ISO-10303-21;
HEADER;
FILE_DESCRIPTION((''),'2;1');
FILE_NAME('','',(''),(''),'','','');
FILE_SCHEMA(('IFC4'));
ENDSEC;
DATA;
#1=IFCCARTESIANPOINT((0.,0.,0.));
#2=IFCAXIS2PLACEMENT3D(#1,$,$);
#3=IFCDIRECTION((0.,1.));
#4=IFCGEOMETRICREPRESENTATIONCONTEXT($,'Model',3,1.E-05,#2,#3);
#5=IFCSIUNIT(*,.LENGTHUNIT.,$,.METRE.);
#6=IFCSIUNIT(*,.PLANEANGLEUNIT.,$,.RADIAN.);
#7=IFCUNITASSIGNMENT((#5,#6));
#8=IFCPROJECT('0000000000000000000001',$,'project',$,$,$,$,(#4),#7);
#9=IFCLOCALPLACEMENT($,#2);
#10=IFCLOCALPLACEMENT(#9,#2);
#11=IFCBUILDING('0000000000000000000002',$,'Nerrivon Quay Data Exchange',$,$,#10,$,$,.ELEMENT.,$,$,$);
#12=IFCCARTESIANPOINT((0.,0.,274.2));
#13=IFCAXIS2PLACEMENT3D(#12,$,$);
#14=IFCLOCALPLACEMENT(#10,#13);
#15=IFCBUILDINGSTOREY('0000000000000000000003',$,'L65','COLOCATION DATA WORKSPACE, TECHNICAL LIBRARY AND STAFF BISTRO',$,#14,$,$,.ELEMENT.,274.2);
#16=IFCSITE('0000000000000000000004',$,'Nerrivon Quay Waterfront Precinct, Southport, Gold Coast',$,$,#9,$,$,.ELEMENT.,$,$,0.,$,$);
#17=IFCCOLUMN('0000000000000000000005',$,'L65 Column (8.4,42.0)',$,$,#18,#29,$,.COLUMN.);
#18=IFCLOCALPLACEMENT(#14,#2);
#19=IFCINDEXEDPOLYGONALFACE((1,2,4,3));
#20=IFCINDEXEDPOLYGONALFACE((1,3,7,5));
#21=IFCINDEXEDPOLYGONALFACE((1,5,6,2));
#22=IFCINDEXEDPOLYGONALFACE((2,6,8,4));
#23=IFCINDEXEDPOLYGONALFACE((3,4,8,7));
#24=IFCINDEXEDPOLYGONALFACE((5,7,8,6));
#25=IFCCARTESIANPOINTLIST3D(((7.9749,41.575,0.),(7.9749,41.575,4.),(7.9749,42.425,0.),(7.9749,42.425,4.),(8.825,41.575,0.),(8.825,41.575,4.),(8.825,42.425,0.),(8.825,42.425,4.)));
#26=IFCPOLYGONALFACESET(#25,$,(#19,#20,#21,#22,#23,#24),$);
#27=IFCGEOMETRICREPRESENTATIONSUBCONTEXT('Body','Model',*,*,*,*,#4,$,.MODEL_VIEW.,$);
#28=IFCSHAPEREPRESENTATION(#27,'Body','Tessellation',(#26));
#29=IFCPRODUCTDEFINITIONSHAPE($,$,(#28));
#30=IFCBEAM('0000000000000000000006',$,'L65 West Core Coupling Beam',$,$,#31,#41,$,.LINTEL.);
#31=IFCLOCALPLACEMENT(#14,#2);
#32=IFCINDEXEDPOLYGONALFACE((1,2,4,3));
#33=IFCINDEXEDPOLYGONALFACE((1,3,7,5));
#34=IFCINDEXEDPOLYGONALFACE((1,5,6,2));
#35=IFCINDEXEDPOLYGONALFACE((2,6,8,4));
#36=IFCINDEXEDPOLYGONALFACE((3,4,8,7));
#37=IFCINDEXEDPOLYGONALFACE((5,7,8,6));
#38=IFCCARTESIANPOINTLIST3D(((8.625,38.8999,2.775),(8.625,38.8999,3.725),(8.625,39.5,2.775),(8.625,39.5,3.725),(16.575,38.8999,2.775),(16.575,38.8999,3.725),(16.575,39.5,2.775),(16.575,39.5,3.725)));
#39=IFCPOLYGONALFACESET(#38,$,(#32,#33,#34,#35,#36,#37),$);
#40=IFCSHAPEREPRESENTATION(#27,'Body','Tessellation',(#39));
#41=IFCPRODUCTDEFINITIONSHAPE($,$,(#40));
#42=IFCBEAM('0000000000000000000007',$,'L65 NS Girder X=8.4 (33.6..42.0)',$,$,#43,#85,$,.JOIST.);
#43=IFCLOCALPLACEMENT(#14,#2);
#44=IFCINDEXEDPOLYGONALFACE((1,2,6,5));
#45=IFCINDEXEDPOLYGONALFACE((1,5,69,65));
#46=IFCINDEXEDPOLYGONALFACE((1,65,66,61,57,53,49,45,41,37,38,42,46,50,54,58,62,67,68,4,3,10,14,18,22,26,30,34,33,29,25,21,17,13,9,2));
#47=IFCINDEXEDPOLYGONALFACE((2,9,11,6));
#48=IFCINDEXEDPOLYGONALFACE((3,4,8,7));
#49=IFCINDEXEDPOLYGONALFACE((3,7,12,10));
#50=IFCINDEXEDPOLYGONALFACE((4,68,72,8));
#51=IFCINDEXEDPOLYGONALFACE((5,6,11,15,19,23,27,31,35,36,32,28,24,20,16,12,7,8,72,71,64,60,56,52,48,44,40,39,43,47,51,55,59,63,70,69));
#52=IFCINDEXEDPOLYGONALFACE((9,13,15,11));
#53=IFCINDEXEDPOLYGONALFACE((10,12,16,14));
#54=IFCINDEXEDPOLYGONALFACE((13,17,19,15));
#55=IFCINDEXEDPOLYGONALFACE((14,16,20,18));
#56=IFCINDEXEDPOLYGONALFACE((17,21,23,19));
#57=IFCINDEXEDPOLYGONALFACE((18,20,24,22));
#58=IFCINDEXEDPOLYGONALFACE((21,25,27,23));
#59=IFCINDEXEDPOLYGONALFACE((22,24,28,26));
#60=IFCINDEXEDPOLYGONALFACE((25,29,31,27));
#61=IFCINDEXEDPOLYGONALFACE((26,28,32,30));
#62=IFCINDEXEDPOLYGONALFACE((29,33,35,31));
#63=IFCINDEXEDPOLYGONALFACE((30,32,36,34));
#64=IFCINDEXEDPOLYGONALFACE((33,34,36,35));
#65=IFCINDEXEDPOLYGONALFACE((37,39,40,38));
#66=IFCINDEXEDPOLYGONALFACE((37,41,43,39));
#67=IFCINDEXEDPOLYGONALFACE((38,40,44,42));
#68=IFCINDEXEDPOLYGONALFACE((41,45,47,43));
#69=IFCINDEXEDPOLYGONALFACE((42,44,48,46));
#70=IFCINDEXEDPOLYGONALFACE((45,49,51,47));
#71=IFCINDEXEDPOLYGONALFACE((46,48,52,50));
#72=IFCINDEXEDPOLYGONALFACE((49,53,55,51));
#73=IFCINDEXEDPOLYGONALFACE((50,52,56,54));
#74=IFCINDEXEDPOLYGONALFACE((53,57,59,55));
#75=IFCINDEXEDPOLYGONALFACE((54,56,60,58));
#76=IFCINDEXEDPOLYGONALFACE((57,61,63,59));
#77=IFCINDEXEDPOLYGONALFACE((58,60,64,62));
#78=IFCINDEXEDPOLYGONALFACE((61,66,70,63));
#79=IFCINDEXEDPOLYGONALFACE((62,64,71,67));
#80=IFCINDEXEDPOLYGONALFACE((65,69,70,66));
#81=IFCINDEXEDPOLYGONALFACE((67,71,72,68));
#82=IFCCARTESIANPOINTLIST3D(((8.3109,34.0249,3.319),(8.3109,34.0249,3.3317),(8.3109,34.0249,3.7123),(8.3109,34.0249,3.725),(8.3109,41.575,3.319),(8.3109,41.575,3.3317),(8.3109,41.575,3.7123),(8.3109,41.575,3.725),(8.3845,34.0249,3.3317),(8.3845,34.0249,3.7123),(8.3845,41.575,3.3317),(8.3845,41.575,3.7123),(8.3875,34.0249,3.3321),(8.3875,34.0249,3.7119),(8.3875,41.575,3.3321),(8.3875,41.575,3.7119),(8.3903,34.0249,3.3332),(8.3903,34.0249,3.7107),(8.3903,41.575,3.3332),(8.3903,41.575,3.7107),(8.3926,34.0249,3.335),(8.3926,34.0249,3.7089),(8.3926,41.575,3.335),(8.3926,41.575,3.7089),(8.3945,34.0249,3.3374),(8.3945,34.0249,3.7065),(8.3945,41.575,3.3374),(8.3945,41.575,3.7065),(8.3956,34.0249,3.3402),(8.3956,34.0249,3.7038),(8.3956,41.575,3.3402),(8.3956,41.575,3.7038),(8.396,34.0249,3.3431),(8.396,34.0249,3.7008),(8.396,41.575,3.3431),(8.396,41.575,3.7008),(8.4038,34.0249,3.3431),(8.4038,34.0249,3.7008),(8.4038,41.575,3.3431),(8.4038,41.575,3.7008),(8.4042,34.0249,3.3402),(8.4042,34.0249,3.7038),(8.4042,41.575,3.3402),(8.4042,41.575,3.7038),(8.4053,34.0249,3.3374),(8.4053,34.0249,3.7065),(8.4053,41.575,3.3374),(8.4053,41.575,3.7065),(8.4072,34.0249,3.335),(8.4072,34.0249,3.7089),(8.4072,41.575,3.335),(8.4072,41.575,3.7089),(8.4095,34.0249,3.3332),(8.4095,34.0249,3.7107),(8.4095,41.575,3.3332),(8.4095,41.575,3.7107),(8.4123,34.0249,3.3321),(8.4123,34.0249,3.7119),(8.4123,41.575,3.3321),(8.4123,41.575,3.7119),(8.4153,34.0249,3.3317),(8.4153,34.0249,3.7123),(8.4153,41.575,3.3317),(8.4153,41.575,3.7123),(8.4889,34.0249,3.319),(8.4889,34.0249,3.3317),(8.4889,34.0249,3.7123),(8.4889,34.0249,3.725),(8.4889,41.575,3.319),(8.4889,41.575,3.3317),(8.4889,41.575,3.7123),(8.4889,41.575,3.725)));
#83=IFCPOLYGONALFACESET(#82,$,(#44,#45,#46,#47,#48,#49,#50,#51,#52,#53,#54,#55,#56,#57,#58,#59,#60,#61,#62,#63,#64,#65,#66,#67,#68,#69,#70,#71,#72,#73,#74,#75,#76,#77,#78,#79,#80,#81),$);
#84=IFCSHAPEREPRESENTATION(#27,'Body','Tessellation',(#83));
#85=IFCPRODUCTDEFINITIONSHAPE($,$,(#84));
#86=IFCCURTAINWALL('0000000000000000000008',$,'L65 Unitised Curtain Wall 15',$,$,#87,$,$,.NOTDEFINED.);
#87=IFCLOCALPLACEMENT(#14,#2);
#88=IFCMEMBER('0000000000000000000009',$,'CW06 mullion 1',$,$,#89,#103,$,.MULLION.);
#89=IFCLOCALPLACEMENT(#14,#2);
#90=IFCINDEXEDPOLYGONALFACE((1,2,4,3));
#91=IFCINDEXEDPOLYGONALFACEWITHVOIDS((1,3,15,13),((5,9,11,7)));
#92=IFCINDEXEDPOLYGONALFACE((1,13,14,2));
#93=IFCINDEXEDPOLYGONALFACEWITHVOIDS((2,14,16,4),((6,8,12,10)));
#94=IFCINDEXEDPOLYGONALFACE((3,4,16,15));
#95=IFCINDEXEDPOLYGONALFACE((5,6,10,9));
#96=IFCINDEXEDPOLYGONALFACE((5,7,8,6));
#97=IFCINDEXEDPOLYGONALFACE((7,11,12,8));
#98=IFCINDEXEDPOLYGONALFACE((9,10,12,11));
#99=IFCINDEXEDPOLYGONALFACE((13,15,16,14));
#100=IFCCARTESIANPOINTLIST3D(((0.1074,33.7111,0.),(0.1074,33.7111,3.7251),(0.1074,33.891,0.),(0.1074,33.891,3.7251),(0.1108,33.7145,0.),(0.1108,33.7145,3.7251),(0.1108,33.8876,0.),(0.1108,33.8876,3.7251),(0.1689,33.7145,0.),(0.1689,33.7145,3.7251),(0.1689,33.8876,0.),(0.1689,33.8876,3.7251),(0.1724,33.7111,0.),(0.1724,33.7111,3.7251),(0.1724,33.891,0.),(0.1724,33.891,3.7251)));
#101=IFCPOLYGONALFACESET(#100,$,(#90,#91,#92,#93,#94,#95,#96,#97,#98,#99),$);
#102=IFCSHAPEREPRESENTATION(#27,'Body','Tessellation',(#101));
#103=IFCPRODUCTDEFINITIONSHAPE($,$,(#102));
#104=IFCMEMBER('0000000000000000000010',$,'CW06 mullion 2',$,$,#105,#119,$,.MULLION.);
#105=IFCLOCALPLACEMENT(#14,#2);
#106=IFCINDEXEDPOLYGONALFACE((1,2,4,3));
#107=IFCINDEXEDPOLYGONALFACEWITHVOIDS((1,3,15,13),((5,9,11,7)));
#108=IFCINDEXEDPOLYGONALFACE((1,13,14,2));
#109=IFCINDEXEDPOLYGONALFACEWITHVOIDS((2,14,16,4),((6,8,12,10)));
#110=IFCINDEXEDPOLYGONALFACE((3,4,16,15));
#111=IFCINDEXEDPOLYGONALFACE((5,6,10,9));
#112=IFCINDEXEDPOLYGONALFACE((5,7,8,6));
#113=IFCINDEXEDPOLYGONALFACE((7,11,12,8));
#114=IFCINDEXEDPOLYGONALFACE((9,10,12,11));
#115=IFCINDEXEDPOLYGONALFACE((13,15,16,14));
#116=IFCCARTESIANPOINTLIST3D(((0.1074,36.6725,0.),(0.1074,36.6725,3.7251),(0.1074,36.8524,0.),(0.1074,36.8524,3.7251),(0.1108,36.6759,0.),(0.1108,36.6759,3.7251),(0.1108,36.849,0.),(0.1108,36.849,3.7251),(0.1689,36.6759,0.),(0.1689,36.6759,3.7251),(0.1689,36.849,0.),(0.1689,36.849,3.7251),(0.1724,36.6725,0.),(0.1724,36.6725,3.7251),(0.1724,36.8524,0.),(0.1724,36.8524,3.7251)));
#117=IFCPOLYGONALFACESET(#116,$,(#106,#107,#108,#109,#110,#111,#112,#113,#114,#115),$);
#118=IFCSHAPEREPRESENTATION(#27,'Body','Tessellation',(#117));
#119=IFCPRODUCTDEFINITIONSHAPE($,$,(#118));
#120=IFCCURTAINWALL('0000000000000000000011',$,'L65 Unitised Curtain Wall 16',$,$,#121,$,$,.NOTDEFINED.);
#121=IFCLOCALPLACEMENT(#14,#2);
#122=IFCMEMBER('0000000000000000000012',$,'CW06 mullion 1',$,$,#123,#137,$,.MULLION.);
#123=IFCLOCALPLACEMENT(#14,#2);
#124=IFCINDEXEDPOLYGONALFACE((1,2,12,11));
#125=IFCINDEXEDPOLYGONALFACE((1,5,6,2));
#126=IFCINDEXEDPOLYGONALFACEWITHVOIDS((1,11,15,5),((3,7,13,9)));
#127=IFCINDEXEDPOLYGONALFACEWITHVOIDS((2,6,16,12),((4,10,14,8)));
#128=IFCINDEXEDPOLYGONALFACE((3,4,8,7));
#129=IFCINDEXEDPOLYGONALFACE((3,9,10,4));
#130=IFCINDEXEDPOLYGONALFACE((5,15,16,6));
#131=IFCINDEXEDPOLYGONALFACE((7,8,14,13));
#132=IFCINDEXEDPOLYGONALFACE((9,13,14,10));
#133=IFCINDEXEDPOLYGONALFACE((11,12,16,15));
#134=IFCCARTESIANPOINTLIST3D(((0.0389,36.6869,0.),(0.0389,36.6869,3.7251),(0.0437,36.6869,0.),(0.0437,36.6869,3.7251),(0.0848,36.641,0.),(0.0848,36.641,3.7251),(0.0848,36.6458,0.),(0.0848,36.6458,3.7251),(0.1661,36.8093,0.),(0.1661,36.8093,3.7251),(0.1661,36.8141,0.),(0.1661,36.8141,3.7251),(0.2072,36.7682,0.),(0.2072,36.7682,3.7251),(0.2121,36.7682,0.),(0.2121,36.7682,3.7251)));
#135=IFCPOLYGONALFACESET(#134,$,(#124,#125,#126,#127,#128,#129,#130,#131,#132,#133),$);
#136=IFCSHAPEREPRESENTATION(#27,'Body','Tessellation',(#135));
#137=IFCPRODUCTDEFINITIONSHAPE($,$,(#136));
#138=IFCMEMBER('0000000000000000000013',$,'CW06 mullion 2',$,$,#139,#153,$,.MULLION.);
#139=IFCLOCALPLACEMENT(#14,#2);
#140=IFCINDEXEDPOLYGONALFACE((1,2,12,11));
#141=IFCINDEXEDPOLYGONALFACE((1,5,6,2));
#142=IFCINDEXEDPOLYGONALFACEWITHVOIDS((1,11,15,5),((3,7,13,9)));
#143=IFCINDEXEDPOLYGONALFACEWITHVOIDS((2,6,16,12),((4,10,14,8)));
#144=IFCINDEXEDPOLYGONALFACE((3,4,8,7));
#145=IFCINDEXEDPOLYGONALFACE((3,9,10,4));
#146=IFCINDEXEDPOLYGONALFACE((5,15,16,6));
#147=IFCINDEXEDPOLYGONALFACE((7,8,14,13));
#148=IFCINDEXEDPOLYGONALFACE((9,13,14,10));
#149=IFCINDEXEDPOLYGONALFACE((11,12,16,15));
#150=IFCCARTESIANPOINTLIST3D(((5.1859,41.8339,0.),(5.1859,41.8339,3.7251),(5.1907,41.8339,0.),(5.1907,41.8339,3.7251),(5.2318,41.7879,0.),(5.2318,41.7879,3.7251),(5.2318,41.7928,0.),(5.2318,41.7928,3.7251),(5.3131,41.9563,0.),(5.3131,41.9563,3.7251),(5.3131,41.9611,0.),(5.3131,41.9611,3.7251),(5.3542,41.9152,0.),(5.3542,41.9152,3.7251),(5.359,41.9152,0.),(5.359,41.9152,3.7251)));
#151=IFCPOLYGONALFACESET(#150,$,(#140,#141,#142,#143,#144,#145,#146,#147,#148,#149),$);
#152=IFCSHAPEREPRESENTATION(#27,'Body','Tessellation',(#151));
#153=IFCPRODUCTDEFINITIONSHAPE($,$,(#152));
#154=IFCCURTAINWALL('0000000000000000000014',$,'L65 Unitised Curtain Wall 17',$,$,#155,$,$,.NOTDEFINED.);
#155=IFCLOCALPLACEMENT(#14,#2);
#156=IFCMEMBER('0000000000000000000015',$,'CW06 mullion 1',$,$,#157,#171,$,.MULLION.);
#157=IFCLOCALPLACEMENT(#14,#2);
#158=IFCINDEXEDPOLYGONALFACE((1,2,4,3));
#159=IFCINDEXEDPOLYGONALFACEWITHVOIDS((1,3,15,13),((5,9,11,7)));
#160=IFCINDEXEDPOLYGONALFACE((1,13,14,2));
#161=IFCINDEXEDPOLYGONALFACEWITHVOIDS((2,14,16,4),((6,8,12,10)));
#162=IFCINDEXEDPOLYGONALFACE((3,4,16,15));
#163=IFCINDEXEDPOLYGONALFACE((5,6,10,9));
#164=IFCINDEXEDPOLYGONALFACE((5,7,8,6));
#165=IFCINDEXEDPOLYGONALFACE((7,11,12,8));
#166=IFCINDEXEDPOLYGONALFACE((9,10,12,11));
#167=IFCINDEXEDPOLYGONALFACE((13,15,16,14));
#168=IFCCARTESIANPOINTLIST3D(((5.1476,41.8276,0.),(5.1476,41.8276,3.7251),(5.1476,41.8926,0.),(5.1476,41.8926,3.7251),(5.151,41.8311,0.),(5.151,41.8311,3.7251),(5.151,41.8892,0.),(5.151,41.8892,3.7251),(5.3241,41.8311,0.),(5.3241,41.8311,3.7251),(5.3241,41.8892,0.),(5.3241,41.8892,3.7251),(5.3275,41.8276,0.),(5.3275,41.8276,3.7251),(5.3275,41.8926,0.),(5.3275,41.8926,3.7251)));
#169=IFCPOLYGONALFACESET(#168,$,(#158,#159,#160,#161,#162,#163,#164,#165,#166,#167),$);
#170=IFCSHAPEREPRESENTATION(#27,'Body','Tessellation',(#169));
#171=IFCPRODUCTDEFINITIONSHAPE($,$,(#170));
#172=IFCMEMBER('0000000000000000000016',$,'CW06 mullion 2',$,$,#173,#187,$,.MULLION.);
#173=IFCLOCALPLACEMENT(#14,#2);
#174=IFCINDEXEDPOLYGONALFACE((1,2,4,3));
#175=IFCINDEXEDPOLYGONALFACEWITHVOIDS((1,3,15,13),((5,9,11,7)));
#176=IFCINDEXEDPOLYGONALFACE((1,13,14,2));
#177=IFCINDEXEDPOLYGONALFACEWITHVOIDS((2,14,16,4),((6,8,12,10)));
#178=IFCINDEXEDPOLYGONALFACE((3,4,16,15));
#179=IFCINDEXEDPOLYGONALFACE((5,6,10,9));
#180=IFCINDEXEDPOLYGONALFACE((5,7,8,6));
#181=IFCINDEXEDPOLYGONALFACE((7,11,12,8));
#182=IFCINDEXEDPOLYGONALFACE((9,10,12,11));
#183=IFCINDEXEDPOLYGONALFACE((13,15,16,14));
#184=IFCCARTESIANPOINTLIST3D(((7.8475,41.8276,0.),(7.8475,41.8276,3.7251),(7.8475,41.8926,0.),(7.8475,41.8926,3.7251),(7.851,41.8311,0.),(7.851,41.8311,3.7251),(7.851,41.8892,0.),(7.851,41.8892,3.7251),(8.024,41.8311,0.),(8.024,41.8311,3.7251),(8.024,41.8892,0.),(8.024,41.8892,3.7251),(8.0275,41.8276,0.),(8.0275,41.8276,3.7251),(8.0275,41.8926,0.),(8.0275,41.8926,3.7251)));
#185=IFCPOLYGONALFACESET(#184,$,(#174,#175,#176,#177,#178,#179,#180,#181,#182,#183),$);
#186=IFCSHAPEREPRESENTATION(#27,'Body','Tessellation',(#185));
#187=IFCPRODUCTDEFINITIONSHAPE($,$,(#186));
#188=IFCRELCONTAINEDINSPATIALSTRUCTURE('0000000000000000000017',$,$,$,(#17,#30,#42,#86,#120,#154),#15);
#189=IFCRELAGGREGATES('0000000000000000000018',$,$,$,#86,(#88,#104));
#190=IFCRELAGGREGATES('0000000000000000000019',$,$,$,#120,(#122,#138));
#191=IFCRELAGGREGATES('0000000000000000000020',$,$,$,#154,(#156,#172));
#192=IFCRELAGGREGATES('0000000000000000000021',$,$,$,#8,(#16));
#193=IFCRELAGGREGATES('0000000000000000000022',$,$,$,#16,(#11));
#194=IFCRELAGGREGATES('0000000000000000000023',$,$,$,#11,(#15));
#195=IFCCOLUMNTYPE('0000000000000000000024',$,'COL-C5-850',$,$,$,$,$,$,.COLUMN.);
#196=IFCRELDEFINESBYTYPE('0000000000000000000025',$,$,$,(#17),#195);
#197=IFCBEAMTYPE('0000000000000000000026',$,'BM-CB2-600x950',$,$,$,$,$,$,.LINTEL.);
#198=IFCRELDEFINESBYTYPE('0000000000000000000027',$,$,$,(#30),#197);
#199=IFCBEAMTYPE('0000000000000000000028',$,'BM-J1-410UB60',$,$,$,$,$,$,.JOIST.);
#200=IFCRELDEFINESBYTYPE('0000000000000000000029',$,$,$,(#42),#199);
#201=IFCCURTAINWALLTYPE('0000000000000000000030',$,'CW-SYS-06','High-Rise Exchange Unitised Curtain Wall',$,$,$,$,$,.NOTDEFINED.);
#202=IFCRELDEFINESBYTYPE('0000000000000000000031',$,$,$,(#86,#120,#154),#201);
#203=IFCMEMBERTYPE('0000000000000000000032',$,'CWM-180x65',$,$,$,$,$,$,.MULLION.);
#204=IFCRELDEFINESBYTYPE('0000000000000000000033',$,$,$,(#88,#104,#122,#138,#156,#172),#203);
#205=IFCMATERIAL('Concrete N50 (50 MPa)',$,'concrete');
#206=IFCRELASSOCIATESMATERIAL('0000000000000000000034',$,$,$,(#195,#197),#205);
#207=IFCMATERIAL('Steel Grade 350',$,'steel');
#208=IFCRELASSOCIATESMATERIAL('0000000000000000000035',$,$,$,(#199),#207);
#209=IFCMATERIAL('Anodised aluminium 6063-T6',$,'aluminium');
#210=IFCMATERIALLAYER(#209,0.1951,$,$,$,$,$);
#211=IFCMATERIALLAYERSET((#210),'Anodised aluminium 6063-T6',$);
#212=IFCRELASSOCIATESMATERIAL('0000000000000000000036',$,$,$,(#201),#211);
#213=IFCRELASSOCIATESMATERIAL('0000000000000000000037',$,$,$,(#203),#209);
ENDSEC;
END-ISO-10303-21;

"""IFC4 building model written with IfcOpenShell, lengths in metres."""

from ifc_helpers import new_model, si_unit, direction, frame, origin, origin_2d, place, context, subcontext, project, spatial, rectangle, hollow_rectangle, i_section, extrude, material, layer, layer_set, material_profile, profile_set, type_object, element, aggregate, save


model = new_model("IFC4")

# Units and contexts
model_context = context("Model", 3, precision=1e-05, world=origin(), true_north=direction((0.0, 1.0)))
body_context = subcontext(model_context, "Body", "Model", "MODEL_VIEW")
ifc_project = project(units=[si_unit("LENGTHUNIT", "METRE"), si_unit("PLANEANGLEUNIT", "RADIAN")], contexts=[model_context])

# Site, building, storey
site_placement = place(None, origin())
site = spatial("IfcSite", under=ifc_project, at=site_placement, Name="Nerrivon Quay Waterfront Precinct, Southport, Gold Coast", CompositionType="ELEMENT", RefElevation=0.0)
building_placement = place(site_placement, origin())
building = spatial("IfcBuilding", under=site, at=building_placement, Name="Nerrivon Quay Data Exchange", CompositionType="ELEMENT")
storey_placement = place(building_placement, frame((0.0, 0.0, 274.2)))
storey = spatial("IfcBuildingStorey", under=building, at=storey_placement, Name="L65", Description="COLOCATION DATA WORKSPACE, TECHNICAL LIBRARY AND STAFF BISTRO", CompositionType="ELEMENT", Elevation=274.2)

# Column
ifc_material_1 = material(Name="Concrete N50 (50 MPa)", Category="concrete")
ifc_material_profile_1 = material_profile(ifc_material_1, rectangle(XDim=0.8501, YDim=0.8501, at=origin_2d()), Name="RC-COL-850x850")
ifc_profile_set_1 = profile_set([ifc_material_profile_1], Name="Concrete N50 (50 MPa)")
column_type = type_object("IfcColumnType", Name="COL-C5-850", PredefinedType="COLUMN", material=ifc_profile_set_1)
column_placement = place(storey_placement, frame((8.3999, 42.0, 0.0), z_axis=(0.0, 0.0, 1.0), x_axis=(1.0, 0.0, 0.0)))
element("IfcColumn", 1, at=column_placement, inside=storey, type_object=column_type, Name="L65 Column (8.4,42.0)", PredefinedType="COLUMN", context=body_context, shape_type="SweptSolid", body=[
    extrude(rectangle(XDim=0.8501, YDim=0.8501, at=origin_2d()), origin(), (0.0, 0.0, 1.0), 4.0),
])

# Beams
ifc_material_profile_2 = material_profile(ifc_material_1, rectangle(XDim=0.6001, YDim=0.95, at=origin_2d()), Name="RC-CB-600x950")
ifc_profile_set_2 = profile_set([ifc_material_profile_2], Name="Concrete N50 (50 MPa)")
beam_type_1 = type_object("IfcBeamType", Name="BM-CB2-600x950", PredefinedType="LINTEL", material=ifc_profile_set_2)
beam_1_placement = place(storey_placement, frame((8.625, 39.2, 3.25), z_axis=(1.0, 0.0, 0.0), x_axis=(0.0, 1.0, 0.0)))
element("IfcBeam", 2, at=beam_1_placement, inside=storey, type_object=beam_type_1, Name="L65 West Core Coupling Beam", PredefinedType="LINTEL", context=body_context, shape_type="SweptSolid", body=[
    extrude(rectangle(XDim=0.6001, YDim=0.95, at=origin_2d()), origin(), (0.0, 0.0, 1.0), 7.95),
])
ifc_material_2 = material(Name="Steel Grade 350", Category="steel")
ifc_material_profile_3 = material_profile(ifc_material_2, i_section(OverallWidth=0.178, OverallDepth=0.406, WebThickness=0.0078, FlangeThickness=0.0127, FilletRadius=0.0115, at=origin_2d()), Name="410UB59.7")
ifc_profile_set_3 = profile_set([ifc_material_profile_3], Name="Steel Grade 350")
beam_type_2 = type_object("IfcBeamType", Name="BM-J1-410UB60", PredefinedType="JOIST", material=ifc_profile_set_3)
beam_2_placement = place(storey_placement, frame((8.3999, 34.0249, 3.522), z_axis=(0.0, 1.0, 0.0), x_axis=(-1.0, 0.0, 0.0)))
element("IfcBeam", 3, at=beam_2_placement, inside=storey, type_object=beam_type_2, Name="L65 NS Girder X=8.4 (33.6..42.0)", PredefinedType="JOIST", context=body_context, shape_type="SweptSolid", body=[
    extrude(i_section(OverallWidth=0.178, OverallDepth=0.406, WebThickness=0.0078, FlangeThickness=0.0127, FilletRadius=0.0115, at=origin_2d()), origin(), (0.0, 0.0, 1.0), 7.55),
])

# Curtain walls, members
ifc_material_3 = material(Name="Anodised aluminium 6063-T6", Category="aluminium")
ifc_layer_1 = layer(ifc_material_3, 0.1951)
ifc_layer_set_1 = layer_set([ifc_layer_1], Name="Anodised aluminium 6063-T6")
curtain_wall_type = type_object("IfcCurtainWallType", Name="CW-SYS-06", Description="High-Rise Exchange Unitised Curtain Wall", PredefinedType="NOTDEFINED", material=ifc_layer_set_1)
curtain_wall_1_placement = place(storey_placement, origin())
curtain_wall_1 = element("IfcCurtainWall", 4, at=curtain_wall_1_placement, inside=storey, type_object=curtain_wall_type, Name="L65 Unitised Curtain Wall 15", PredefinedType="NOTDEFINED")
ifc_material_profile_4 = material_profile(ifc_material_3, hollow_rectangle(XDim=0.0649, YDim=0.1799, WallThickness=0.0034, at=origin_2d()), Name="ALU-MULL-180x65")
ifc_profile_set_4 = profile_set([ifc_material_profile_4], Name="Anodised aluminium 6063-T6")
member_type_1 = type_object("IfcMemberType", Name="CWM-180x65", PredefinedType="MULLION", material=ifc_profile_set_4)
member_1_placement = place(storey_placement, frame((0.1399, 33.801, 0.0), z_axis=(0.0, 0.0, 1.0), x_axis=(-1.0, 0.0, 0.0)))
member_1 = element("IfcMember", 5, at=member_1_placement, type_object=member_type_1, Name="CW06 mullion 1", PredefinedType="MULLION", context=body_context, shape_type="SweptSolid", body=[
    extrude(hollow_rectangle(XDim=0.0649, YDim=0.1799, WallThickness=0.0034, at=origin_2d()), origin(), (0.0, 0.0, 1.0), 3.7251),
])
member_2_placement = place(storey_placement, frame((0.1399, 36.7625, 0.0), z_axis=(0.0, 0.0, 1.0), x_axis=(-1.0, 0.0, 0.0)))
member_2 = element("IfcMember", 6, at=member_2_placement, type_object=member_type_1, Name="CW06 mullion 2", PredefinedType="MULLION", context=body_context, shape_type="SweptSolid", body=[
    extrude(hollow_rectangle(XDim=0.0649, YDim=0.1799, WallThickness=0.0034, at=origin_2d()), origin(), (0.0, 0.0, 1.0), 3.7251),
])
curtain_wall_2_placement = place(storey_placement, origin())
curtain_wall_2 = element("IfcCurtainWall", 7, at=curtain_wall_2_placement, inside=storey, type_object=curtain_wall_type, Name="L65 Unitised Curtain Wall 16", PredefinedType="NOTDEFINED")
member_3_placement = place(storey_placement, frame((0.1255, 36.7275, 0.0), z_axis=(0.0, 0.0, 1.0), x_axis=(-0.707107, 0.707107, 0.0)))
member_3 = element("IfcMember", 8, at=member_3_placement, type_object=member_type_1, Name="CW06 mullion 1", PredefinedType="MULLION", context=body_context, shape_type="SweptSolid", body=[
    extrude(hollow_rectangle(XDim=0.0649, YDim=0.1799, WallThickness=0.0034, at=origin_2d()), origin(), (0.0, 0.0, 1.0), 3.7251),
])
member_4_placement = place(storey_placement, frame((5.2725, 41.8745, 0.0), z_axis=(0.0, 0.0, 1.0), x_axis=(-0.707107, 0.707107, 0.0)))
member_4 = element("IfcMember", 9, at=member_4_placement, type_object=member_type_1, Name="CW06 mullion 2", PredefinedType="MULLION", context=body_context, shape_type="SweptSolid", body=[
    extrude(hollow_rectangle(XDim=0.0649, YDim=0.1799, WallThickness=0.0034, at=origin_2d()), origin(), (0.0, 0.0, 1.0), 3.7251),
])
curtain_wall_3_placement = place(storey_placement, origin())
curtain_wall_3 = element("IfcCurtainWall", 10, at=curtain_wall_3_placement, inside=storey, type_object=curtain_wall_type, Name="L65 Unitised Curtain Wall 17", PredefinedType="NOTDEFINED")
member_5_placement = place(storey_placement, frame((5.2375, 41.8601, 0.0), z_axis=(0.0, 0.0, 1.0), x_axis=(0.0, 1.0, 0.0)))
member_5 = element("IfcMember", 11, at=member_5_placement, type_object=member_type_1, Name="CW06 mullion 1", PredefinedType="MULLION", context=body_context, shape_type="SweptSolid", body=[
    extrude(hollow_rectangle(XDim=0.0649, YDim=0.1799, WallThickness=0.0034, at=origin_2d()), origin(), (0.0, 0.0, 1.0), 3.7251),
])
member_6_placement = place(storey_placement, frame((7.9375, 41.8601, 0.0), z_axis=(0.0, 0.0, 1.0), x_axis=(0.0, 1.0, 0.0)))
member_6 = element("IfcMember", 12, at=member_6_placement, type_object=member_type_1, Name="CW06 mullion 2", PredefinedType="MULLION", context=body_context, shape_type="SweptSolid", body=[
    extrude(hollow_rectangle(XDim=0.0649, YDim=0.1799, WallThickness=0.0034, at=origin_2d()), origin(), (0.0, 0.0, 1.0), 3.7251),
])

aggregate(curtain_wall_1, [member_1, member_2])
aggregate(curtain_wall_2, [member_3, member_4])
aggregate(curtain_wall_3, [member_5, member_6])

save(model, "model.ifc")
